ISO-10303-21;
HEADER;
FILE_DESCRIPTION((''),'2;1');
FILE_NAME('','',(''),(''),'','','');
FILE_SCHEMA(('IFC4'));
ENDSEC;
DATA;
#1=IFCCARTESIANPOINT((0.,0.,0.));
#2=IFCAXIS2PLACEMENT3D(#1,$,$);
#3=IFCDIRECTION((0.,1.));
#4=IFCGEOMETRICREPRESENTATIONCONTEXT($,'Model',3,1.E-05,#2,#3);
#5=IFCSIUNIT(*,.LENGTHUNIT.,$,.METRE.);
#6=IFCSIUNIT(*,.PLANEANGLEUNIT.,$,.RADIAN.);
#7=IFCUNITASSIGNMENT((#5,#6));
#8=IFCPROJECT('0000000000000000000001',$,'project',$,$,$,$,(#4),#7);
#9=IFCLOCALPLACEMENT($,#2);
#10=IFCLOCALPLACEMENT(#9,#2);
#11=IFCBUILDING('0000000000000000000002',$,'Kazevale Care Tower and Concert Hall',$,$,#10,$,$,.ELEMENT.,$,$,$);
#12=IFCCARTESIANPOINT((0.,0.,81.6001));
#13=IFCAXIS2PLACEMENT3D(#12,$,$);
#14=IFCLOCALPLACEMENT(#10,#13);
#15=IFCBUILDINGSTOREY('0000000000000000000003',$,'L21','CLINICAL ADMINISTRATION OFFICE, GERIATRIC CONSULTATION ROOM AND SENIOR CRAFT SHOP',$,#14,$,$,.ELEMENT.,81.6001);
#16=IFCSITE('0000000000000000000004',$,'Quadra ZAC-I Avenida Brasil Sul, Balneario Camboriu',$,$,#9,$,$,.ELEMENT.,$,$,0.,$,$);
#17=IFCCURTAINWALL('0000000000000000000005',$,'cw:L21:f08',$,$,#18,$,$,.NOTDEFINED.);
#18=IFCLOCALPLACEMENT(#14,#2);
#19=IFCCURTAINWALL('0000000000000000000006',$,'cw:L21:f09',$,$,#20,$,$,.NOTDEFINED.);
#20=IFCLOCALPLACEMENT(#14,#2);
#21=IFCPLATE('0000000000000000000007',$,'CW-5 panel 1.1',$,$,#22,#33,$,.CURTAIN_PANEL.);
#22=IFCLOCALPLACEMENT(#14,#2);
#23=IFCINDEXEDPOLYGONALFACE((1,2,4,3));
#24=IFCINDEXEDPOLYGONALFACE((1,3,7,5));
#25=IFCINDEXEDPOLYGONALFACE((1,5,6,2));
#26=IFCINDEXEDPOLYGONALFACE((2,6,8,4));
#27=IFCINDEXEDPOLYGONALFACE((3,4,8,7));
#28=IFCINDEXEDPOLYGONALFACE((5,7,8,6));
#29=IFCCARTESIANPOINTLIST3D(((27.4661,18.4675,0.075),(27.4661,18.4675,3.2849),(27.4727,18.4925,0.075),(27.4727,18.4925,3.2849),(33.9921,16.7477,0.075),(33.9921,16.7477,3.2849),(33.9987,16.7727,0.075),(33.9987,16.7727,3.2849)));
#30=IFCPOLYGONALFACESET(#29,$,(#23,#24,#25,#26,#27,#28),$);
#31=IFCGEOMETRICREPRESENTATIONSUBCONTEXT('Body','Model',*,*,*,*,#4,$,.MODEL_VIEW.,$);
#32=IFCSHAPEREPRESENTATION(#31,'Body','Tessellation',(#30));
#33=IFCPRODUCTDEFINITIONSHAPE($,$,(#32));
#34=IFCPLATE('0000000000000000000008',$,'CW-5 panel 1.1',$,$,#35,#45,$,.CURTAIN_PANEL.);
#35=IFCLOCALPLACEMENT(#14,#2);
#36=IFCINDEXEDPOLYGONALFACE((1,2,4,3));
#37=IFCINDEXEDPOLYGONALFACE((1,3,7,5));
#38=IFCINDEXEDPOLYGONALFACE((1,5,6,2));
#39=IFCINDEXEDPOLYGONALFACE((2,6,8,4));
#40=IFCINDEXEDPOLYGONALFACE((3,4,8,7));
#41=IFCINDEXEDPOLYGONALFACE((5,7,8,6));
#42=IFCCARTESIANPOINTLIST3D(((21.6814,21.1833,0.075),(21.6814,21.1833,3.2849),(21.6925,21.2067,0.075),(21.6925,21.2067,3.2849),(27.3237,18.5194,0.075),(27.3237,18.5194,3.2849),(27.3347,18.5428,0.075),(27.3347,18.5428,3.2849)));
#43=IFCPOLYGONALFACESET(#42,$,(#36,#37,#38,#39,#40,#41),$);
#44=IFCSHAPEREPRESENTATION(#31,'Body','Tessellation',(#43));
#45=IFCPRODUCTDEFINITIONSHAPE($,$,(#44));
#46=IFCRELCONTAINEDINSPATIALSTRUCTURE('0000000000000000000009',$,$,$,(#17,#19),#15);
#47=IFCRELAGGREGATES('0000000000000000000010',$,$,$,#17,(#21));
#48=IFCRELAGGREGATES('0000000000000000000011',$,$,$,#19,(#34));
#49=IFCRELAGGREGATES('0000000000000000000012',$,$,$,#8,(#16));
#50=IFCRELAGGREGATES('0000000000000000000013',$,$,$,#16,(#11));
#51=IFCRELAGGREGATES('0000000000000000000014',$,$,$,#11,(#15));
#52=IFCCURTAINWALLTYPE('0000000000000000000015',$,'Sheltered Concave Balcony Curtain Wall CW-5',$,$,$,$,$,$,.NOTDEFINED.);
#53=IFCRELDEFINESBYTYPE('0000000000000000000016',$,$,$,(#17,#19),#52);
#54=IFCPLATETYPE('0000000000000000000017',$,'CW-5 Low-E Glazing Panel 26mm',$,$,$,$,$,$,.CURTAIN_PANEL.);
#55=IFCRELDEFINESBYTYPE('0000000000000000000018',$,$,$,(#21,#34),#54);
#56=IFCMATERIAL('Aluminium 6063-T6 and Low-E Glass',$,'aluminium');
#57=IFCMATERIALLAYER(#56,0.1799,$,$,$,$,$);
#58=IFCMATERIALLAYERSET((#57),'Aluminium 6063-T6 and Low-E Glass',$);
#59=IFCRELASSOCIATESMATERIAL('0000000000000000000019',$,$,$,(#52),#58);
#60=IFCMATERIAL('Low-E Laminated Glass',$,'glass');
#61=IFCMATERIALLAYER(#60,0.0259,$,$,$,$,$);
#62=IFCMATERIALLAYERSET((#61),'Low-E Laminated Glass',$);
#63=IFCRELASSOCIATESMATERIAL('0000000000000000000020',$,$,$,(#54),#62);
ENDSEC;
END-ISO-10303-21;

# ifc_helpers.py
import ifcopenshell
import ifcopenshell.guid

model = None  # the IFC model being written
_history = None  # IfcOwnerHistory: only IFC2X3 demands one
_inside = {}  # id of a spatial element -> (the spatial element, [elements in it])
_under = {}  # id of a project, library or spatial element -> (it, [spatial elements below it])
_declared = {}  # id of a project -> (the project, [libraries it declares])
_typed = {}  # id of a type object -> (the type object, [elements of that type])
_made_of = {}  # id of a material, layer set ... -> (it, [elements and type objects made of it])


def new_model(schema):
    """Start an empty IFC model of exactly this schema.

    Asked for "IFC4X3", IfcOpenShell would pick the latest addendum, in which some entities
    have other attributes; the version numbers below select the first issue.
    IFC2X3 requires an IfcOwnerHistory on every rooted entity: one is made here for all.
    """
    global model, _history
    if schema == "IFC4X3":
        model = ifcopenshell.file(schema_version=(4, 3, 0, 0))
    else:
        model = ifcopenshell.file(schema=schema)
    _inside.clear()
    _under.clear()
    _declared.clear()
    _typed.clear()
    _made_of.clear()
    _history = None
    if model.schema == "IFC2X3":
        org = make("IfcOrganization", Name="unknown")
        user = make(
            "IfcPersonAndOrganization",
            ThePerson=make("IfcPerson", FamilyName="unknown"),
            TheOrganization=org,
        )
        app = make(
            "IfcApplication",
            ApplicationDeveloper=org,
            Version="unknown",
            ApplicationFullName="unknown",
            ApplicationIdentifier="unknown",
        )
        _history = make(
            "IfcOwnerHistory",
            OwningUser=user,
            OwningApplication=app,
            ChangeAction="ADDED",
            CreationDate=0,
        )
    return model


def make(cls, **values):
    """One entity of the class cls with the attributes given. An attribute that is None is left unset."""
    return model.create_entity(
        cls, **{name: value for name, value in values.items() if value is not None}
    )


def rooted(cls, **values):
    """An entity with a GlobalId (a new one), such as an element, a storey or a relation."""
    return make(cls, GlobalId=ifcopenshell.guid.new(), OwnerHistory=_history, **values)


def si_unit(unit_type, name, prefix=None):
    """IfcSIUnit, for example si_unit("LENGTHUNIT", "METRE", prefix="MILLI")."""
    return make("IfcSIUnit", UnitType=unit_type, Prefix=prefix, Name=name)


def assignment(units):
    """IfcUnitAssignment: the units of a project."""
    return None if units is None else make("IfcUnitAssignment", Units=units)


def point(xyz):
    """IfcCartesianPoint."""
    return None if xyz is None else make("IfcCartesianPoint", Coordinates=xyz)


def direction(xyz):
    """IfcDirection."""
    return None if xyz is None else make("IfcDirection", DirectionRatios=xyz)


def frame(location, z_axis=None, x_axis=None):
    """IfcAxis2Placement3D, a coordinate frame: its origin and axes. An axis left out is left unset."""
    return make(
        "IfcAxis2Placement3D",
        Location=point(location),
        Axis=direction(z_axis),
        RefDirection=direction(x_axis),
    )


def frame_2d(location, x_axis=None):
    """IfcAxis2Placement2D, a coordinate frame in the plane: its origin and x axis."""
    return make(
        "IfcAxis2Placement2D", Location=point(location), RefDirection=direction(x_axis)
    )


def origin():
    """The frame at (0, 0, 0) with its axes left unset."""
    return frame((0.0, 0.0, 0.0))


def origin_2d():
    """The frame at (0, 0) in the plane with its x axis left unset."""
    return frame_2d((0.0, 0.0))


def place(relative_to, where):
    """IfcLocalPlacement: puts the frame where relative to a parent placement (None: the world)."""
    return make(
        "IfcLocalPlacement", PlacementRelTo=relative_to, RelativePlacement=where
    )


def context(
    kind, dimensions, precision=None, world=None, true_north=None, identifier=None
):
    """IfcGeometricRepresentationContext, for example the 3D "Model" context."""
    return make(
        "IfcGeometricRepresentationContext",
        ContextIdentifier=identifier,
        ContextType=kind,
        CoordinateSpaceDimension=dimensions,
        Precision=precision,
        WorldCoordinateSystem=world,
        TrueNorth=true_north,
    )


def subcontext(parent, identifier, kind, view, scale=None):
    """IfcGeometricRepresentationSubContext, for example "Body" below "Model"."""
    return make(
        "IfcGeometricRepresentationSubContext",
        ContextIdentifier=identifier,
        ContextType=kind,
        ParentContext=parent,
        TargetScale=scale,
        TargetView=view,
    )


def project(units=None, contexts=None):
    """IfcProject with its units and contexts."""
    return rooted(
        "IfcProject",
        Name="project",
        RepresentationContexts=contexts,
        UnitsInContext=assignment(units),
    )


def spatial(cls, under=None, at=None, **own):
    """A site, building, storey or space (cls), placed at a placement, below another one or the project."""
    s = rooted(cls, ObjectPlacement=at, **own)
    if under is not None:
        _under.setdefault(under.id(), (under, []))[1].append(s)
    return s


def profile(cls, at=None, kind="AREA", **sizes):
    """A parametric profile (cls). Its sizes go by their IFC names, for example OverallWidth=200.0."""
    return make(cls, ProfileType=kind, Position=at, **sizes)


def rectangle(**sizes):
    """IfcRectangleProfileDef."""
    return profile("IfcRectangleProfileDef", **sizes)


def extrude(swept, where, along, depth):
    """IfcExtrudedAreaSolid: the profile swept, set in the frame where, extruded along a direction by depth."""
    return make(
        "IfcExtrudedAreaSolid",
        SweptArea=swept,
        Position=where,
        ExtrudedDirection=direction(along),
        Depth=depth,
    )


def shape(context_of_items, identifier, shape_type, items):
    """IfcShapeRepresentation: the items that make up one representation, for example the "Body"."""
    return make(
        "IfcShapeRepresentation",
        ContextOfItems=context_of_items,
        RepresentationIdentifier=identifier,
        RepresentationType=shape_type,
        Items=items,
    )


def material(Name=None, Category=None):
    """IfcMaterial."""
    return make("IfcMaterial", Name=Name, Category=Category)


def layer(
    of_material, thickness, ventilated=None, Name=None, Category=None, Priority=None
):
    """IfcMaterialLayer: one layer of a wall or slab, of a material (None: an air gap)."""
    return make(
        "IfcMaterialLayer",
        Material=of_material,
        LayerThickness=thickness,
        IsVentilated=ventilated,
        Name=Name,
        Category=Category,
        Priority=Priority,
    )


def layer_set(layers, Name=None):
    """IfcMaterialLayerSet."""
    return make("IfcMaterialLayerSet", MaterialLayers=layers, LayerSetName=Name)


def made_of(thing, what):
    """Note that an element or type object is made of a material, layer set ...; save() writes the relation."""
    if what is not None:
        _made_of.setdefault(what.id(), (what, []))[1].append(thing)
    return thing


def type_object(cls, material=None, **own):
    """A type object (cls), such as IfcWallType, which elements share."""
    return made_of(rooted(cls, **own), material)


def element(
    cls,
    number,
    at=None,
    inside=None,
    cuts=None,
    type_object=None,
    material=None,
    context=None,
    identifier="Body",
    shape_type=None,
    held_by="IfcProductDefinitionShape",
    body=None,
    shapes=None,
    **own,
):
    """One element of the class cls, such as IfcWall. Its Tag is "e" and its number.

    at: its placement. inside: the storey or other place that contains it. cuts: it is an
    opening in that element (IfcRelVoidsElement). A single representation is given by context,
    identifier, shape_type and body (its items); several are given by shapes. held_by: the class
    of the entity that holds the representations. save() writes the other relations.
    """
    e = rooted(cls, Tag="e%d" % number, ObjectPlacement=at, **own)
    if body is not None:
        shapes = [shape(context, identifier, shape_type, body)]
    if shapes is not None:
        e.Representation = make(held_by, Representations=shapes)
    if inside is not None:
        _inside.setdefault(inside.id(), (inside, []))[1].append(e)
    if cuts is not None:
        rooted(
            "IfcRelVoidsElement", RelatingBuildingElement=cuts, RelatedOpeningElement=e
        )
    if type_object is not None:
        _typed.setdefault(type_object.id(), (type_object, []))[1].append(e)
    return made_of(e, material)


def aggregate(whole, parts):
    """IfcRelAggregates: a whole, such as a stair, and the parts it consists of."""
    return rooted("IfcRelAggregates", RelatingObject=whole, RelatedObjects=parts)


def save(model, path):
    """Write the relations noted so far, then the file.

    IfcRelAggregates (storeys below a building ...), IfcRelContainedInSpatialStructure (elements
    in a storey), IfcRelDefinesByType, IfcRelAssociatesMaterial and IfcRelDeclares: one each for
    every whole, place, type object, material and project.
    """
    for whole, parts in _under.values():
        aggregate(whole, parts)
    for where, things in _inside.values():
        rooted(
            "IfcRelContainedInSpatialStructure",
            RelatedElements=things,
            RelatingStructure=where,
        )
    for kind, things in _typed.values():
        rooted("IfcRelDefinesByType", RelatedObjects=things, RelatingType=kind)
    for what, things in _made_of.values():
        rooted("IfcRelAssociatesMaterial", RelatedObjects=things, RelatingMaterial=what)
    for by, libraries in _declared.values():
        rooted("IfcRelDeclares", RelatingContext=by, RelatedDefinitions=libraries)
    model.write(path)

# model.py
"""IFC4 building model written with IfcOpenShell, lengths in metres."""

from ifc_helpers import new_model, si_unit, direction, frame, origin, origin_2d, place, context, subcontext, project, spatial, rectangle, extrude, material, layer, layer_set, type_object, element, aggregate, save


model = new_model("IFC4")

# Units and contexts
model_context = context("Model", 3, precision=1e-05, world=origin(), true_north=direction((0.0, 1.0)))
body_context = subcontext(model_context, "Body", "Model", "MODEL_VIEW")
ifc_project = project(units=[si_unit("LENGTHUNIT", "METRE"), si_unit("PLANEANGLEUNIT", "RADIAN")], contexts=[model_context])

# Site, building, storey
site_placement = place(None, origin())
site = spatial("IfcSite", under=ifc_project, at=site_placement, Name="Quadra ZAC-I Avenida Brasil Sul, Balneario Camboriu", CompositionType="ELEMENT", RefElevation=0.0)
building_placement = place(site_placement, origin())
building = spatial("IfcBuilding", under=site, at=building_placement, Name="Kazevale Care Tower and Concert Hall", CompositionType="ELEMENT")
storey_placement = place(building_placement, frame((0.0, 0.0, 81.6001)))
storey = spatial("IfcBuildingStorey", under=building, at=storey_placement, Name="L21", Description="CLINICAL ADMINISTRATION OFFICE, GERIATRIC CONSULTATION ROOM AND SENIOR CRAFT SHOP", CompositionType="ELEMENT", Elevation=81.6001)

# Curtain wall
ifc_material_1 = material(Name="Aluminium 6063-T6 and Low-E Glass", Category="aluminium")
ifc_layer_1 = layer(ifc_material_1, 0.1799)
ifc_layer_set_1 = layer_set([ifc_layer_1], Name="Aluminium 6063-T6 and Low-E Glass")
curtain_wall_type = type_object("IfcCurtainWallType", Name="Sheltered Concave Balcony Curtain Wall CW-5", PredefinedType="NOTDEFINED", material=ifc_layer_set_1)
curtain_wall_1_placement = place(storey_placement, origin())
curtain_wall_1 = element("IfcCurtainWall", 1, at=curtain_wall_1_placement, inside=storey, type_object=curtain_wall_type, Name="cw:L21:f08", PredefinedType="NOTDEFINED")

# Curtain wall
curtain_wall_2_placement = place(storey_placement, origin())
curtain_wall_2 = element("IfcCurtainWall", 2, at=curtain_wall_2_placement, inside=storey, type_object=curtain_wall_type, Name="cw:L21:f09", PredefinedType="NOTDEFINED")

# Plates
ifc_material_2 = material(Name="Low-E Laminated Glass", Category="glass")
ifc_layer_2 = layer(ifc_material_2, 0.0259)
ifc_layer_set_2 = layer_set([ifc_layer_2], Name="Low-E Laminated Glass")
plate_type = type_object("IfcPlateType", Name="CW-5 Low-E Glazing Panel 26mm", PredefinedType="CURTAIN_PANEL", material=ifc_layer_set_2)
plate_1_placement = place(storey_placement, frame((30.7324, 17.6201, 0.075), z_axis=(0.0, 0.0, 1.0), x_axis=(-0.966986, 0.254829, 0.0)))
plate_1 = element("IfcPlate", 3, at=plate_1_placement, type_object=plate_type, Name="CW-5 panel 1.1", PredefinedType="CURTAIN_PANEL", context=body_context, shape_type="SweptSolid", body=[
    extrude(rectangle(XDim=6.7488, YDim=0.0259, at=origin_2d()), origin(), (0.0, 0.0, 1.0), 3.21),
])
aggregate(curtain_wall_1, [plate_1])
plate_2_placement = place(storey_placement, frame((24.5081, 19.863, 0.075), z_axis=(0.0, 0.0, 1.0), x_axis=(-0.904279, 0.426942, 0.0)))
plate_2 = element("IfcPlate", 4, at=plate_2_placement, type_object=plate_type, Name="CW-5 panel 1.1", PredefinedType="CURTAIN_PANEL", context=body_context, shape_type="SweptSolid", body=[
    extrude(rectangle(XDim=6.2395, YDim=0.0259, at=origin_2d()), origin(), (0.0, 0.0, 1.0), 3.21),
])
aggregate(curtain_wall_2, [plate_2])

save(model, "model.ifc")
